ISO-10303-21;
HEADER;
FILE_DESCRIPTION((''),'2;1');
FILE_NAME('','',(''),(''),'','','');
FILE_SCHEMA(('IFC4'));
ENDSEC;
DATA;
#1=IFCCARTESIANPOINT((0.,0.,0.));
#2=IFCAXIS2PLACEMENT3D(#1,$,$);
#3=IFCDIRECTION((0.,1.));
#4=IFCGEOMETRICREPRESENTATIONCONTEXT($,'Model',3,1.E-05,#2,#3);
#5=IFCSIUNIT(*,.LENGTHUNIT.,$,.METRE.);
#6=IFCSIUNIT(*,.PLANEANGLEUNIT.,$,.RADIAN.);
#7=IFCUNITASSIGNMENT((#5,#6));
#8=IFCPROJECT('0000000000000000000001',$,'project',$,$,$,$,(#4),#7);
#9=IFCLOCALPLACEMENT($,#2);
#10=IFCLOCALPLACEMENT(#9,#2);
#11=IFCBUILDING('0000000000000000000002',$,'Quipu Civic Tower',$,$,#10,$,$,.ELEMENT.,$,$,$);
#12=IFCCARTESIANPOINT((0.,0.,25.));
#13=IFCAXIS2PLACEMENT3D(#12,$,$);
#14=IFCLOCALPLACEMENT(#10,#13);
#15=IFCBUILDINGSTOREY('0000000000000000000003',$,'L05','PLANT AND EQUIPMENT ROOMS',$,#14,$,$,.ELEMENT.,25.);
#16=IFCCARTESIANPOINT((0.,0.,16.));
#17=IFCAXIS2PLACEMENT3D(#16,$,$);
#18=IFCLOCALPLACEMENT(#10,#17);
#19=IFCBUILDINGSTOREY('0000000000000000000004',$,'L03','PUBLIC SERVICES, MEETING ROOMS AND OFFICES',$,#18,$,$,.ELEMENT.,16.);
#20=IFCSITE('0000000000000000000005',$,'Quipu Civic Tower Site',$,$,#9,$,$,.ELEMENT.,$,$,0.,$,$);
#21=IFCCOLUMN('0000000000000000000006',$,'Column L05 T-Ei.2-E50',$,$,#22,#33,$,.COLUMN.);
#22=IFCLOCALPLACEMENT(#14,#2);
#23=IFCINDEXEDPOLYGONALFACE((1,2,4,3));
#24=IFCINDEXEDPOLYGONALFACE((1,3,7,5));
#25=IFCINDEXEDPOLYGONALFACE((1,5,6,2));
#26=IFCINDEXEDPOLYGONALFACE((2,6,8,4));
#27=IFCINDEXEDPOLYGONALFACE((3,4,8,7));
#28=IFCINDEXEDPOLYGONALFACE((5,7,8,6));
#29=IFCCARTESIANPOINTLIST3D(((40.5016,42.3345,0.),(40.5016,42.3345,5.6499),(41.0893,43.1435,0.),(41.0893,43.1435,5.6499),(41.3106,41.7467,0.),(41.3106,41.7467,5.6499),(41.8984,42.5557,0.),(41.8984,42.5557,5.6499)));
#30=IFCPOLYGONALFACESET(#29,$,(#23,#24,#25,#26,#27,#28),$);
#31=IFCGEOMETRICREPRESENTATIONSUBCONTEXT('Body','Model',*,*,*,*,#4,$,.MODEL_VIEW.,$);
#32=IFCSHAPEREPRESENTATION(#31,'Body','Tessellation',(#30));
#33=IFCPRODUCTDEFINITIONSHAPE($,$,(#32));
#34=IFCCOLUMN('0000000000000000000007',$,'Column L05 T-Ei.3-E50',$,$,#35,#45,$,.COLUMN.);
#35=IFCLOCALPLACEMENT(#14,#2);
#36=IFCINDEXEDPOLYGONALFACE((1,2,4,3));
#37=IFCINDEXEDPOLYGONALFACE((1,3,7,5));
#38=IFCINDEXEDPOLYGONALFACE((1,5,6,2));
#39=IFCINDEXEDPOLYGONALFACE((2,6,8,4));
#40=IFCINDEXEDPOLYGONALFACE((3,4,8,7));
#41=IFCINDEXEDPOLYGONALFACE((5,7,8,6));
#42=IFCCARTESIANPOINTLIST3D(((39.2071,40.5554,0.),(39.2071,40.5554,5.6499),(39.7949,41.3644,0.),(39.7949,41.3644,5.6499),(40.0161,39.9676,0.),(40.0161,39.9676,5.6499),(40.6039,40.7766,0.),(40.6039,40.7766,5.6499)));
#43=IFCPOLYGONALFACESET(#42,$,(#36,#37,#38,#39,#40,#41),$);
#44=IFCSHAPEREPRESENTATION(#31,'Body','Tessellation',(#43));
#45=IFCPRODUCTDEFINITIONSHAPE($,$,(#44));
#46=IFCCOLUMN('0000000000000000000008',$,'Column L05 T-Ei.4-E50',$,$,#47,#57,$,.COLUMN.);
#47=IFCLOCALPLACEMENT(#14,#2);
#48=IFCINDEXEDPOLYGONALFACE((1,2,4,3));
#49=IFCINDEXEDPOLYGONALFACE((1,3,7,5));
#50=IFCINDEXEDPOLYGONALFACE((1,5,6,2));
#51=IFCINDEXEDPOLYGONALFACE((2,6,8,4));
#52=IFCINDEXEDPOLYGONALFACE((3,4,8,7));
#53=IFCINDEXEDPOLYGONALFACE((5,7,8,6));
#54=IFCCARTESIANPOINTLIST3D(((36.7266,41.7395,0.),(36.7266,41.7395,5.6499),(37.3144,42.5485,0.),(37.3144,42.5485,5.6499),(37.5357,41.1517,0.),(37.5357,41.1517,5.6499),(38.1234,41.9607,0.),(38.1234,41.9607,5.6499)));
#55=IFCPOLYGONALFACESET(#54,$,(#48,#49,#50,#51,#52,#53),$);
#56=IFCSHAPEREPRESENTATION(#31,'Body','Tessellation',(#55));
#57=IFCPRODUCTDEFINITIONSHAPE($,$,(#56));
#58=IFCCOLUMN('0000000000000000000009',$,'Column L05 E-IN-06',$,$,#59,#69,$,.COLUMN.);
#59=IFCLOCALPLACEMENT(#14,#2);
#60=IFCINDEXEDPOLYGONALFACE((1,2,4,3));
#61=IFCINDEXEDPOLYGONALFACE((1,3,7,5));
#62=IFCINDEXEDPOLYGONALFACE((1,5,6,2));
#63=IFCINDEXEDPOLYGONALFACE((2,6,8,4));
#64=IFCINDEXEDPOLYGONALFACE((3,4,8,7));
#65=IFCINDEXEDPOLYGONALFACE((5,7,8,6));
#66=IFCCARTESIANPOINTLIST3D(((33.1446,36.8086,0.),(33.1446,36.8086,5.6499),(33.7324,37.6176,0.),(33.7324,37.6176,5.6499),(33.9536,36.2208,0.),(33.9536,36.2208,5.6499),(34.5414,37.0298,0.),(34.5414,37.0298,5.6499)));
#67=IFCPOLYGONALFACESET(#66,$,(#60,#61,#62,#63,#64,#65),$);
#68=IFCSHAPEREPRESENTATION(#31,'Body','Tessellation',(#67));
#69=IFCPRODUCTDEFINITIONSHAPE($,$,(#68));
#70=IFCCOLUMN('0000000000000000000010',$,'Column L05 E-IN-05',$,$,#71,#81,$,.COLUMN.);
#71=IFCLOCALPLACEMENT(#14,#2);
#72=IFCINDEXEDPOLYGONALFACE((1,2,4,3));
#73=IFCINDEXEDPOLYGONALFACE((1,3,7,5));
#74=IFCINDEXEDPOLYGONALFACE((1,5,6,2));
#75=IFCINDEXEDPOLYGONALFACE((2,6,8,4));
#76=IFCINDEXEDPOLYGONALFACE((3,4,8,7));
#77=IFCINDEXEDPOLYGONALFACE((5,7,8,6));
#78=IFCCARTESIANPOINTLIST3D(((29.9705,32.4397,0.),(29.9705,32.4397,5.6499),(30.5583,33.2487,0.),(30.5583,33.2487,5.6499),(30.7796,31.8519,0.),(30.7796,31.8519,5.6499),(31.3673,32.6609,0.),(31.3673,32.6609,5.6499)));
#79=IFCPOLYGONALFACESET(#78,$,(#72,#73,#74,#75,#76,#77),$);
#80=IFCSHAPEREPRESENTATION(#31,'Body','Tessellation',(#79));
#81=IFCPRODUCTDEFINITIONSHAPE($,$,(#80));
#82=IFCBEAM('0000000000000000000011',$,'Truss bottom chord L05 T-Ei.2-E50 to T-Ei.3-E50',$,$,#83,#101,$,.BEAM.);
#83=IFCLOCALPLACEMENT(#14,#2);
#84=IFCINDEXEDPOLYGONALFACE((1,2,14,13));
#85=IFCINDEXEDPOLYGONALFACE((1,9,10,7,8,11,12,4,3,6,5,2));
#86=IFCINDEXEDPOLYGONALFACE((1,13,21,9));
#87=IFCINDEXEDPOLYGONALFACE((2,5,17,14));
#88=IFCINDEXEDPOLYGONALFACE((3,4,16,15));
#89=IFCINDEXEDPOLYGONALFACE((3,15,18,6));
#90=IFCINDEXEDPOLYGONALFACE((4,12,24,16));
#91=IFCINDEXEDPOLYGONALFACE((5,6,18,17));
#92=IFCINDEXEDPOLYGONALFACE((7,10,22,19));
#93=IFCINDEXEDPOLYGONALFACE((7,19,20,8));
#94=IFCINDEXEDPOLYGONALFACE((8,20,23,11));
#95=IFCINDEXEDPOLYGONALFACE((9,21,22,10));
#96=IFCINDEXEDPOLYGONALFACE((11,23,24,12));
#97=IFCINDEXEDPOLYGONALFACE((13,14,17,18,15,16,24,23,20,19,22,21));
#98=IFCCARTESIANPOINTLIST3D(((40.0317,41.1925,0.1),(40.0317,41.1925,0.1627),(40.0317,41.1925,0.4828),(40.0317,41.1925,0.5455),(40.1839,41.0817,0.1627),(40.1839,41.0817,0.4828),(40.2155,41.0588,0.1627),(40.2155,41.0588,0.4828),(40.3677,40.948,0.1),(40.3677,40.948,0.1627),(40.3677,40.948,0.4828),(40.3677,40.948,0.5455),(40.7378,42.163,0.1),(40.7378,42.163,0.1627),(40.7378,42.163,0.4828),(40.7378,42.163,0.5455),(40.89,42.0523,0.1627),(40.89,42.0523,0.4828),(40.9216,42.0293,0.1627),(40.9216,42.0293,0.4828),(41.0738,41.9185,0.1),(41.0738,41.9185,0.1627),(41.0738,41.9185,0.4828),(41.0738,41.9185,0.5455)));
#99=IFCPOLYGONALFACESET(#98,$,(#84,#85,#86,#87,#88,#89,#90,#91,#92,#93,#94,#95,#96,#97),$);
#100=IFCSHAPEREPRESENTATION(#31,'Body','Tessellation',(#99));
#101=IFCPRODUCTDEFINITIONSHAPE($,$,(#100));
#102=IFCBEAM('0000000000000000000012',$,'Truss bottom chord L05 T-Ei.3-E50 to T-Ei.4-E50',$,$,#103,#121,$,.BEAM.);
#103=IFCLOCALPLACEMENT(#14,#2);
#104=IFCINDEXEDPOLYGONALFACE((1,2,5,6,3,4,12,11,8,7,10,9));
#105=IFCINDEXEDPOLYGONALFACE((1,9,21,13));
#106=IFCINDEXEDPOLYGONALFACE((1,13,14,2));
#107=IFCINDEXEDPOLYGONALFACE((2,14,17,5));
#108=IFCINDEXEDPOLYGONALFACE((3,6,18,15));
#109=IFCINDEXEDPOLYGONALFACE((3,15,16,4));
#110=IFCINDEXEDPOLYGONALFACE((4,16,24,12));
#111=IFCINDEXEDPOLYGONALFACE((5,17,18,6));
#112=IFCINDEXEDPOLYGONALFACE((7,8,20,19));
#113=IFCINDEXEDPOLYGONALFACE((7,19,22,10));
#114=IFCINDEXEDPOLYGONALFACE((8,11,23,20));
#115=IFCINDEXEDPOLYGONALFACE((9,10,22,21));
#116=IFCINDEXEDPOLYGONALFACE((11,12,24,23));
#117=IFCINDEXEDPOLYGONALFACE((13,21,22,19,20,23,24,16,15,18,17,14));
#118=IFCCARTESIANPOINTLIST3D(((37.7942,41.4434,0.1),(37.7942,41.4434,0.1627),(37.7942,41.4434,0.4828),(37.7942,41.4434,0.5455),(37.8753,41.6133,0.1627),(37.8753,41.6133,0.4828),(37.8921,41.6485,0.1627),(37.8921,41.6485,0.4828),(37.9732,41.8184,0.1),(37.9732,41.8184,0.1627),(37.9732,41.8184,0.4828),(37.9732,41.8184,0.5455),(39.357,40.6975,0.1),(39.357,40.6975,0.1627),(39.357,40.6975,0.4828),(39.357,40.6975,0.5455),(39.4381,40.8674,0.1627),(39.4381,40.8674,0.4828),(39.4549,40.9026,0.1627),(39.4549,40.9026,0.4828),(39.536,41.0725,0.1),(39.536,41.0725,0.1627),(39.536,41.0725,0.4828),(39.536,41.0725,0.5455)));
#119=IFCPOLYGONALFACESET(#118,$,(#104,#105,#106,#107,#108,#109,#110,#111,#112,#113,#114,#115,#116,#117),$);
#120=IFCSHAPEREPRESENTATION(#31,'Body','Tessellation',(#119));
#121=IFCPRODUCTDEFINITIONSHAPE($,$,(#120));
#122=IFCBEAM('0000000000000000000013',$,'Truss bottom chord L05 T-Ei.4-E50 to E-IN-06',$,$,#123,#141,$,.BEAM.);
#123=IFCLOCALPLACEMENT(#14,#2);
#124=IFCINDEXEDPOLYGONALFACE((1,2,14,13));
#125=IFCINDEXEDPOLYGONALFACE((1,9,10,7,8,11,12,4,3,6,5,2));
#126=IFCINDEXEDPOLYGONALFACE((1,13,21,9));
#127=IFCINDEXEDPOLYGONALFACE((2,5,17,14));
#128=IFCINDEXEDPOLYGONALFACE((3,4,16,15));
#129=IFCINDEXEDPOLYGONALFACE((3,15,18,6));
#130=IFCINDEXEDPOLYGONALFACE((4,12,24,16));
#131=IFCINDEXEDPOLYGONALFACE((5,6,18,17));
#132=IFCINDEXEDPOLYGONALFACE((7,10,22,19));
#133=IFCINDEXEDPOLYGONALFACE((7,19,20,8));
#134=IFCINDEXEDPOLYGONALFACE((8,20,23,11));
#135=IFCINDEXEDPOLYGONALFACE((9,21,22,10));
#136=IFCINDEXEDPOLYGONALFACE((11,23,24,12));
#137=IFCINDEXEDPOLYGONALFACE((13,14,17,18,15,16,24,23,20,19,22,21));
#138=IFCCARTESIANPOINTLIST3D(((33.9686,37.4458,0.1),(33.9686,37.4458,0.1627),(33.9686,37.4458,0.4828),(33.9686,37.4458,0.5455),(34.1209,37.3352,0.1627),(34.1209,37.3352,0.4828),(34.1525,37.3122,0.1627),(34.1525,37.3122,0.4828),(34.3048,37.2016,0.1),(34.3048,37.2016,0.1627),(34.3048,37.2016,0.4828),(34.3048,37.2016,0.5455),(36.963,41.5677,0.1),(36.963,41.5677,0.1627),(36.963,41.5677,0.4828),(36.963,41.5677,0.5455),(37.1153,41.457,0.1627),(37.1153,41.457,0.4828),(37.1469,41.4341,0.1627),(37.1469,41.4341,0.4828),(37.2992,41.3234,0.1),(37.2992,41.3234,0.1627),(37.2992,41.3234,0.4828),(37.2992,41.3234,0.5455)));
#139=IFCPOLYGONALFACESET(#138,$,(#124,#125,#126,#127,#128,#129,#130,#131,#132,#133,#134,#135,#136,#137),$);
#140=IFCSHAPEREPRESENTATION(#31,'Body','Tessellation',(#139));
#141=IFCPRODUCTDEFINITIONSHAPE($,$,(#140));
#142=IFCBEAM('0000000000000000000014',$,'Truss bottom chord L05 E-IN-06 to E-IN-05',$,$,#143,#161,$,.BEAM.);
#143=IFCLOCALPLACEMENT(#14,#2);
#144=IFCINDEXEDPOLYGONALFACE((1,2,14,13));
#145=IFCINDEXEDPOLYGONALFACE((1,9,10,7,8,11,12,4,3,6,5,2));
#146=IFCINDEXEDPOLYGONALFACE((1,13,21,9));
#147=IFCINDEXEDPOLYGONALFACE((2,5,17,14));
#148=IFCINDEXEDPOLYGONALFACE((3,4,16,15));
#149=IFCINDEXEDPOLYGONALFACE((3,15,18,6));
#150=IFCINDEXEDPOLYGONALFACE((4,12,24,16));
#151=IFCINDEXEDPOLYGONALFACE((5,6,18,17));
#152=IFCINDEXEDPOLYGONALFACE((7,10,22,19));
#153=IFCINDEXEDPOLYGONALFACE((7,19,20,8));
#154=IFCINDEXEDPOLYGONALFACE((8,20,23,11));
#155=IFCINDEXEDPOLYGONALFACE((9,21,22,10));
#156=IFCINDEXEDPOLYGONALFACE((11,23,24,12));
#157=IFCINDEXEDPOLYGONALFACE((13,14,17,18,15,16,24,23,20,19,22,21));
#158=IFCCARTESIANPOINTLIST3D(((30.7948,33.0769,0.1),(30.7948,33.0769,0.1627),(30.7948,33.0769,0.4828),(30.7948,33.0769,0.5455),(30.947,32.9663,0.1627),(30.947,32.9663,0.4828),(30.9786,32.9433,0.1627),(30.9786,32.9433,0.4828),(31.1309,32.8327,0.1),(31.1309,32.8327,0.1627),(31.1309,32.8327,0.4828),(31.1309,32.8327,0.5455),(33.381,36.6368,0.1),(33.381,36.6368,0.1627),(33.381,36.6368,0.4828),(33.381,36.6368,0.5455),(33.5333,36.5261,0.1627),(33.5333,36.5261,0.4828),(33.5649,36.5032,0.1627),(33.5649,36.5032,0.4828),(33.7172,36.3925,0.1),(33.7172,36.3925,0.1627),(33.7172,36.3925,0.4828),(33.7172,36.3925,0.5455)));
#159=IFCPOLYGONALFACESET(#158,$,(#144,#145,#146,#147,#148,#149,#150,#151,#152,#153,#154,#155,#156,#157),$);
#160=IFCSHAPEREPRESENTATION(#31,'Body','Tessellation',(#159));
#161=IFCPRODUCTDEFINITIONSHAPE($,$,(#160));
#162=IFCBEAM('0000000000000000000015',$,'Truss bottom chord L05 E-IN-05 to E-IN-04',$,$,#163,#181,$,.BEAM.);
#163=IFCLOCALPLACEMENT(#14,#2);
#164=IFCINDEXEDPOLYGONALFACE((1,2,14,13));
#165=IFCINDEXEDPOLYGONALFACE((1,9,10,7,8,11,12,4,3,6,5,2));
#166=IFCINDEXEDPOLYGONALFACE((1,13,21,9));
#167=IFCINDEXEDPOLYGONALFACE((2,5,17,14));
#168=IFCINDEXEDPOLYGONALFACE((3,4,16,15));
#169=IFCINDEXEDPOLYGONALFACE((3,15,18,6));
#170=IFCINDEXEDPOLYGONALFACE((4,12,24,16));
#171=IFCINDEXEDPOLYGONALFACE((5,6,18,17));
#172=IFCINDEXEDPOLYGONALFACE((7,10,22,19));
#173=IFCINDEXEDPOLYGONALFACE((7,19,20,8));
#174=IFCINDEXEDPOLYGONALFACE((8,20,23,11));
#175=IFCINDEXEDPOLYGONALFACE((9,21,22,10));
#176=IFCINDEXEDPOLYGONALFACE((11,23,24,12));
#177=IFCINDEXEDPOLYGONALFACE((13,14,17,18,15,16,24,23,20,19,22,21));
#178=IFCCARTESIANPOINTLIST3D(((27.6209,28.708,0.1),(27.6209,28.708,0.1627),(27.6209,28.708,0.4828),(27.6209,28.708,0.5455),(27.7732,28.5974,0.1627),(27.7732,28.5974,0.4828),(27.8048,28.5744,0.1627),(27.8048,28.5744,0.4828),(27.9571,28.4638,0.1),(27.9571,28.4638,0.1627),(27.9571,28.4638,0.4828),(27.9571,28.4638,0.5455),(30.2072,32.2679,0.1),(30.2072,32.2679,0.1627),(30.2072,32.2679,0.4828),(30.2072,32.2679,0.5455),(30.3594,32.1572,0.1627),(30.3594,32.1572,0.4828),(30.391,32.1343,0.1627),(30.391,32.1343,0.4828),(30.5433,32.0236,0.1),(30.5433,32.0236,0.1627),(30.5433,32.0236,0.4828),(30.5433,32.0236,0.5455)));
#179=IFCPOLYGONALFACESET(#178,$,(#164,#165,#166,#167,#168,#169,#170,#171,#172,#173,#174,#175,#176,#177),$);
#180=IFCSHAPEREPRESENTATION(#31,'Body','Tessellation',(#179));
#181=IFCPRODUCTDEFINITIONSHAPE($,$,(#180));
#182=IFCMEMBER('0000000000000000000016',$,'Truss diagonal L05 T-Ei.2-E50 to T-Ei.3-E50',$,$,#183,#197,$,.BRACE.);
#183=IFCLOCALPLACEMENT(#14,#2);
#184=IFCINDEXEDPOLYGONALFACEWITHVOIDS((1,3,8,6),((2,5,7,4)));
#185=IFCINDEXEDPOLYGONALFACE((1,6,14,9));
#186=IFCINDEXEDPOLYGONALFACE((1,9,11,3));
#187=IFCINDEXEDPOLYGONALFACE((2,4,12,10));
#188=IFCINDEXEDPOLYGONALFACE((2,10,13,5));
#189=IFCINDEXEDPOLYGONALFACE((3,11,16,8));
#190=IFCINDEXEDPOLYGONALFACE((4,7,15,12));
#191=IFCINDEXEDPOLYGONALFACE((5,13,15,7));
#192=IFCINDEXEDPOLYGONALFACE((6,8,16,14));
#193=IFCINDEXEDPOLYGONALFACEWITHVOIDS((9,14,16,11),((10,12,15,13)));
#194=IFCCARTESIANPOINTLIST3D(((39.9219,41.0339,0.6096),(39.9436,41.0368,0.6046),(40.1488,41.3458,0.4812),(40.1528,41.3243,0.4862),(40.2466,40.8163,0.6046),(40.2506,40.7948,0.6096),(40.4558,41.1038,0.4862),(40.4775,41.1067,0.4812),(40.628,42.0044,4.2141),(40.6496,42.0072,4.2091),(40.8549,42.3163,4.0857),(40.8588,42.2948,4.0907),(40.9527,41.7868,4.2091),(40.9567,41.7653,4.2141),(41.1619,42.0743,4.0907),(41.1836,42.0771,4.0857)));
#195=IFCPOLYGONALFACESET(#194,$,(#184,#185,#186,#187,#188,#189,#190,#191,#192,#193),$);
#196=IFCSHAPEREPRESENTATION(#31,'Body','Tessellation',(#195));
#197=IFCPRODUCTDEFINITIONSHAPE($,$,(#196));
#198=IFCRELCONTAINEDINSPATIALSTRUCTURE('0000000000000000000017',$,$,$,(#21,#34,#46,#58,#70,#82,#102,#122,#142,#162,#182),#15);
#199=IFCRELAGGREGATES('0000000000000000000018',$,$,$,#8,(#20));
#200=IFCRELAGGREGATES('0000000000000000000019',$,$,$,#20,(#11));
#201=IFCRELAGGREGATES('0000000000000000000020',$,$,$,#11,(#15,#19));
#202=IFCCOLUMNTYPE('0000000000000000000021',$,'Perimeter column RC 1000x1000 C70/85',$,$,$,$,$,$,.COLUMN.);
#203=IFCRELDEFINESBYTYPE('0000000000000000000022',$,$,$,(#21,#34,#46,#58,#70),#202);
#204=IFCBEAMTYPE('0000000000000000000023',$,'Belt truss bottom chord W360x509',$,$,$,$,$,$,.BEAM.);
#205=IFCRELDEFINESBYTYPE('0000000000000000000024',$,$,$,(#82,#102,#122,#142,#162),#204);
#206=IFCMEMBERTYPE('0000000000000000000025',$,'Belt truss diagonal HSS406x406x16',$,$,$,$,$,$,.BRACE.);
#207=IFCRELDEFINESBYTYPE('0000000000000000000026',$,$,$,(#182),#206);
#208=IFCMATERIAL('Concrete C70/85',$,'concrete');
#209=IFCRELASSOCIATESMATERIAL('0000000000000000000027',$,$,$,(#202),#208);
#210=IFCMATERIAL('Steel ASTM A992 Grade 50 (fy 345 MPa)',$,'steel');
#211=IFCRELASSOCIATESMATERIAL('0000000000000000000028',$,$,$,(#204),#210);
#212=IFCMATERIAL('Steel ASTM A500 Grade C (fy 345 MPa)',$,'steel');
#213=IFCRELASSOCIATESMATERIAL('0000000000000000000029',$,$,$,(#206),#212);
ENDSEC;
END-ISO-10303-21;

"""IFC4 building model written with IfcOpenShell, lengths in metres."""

from ifc_helpers import new_model, si_unit, direction, frame, origin, origin_2d, place, context, subcontext, project, spatial, rectangle, hollow_rectangle, i_section, extrude, material, material_profile, profile_set, type_object, element, save


model = new_model("IFC4")

# Units and contexts
model_context = context("Model", 3, precision=1e-05, world=origin(), true_north=direction((0.0, 1.0)))
body_context = subcontext(model_context, "Body", "Model", "MODEL_VIEW")
ifc_project = project(units=[si_unit("LENGTHUNIT", "METRE"), si_unit("PLANEANGLEUNIT", "RADIAN")], contexts=[model_context])

# Site, building, storey
site_placement = place(None, origin())
site = spatial("IfcSite", under=ifc_project, at=site_placement, Name="Quipu Civic Tower Site", CompositionType="ELEMENT", RefElevation=0.0)
building_placement = place(site_placement, origin())
building = spatial("IfcBuilding", under=site, at=building_placement, Name="Quipu Civic Tower", CompositionType="ELEMENT")
storey_1_placement = place(building_placement, frame((0.0, 0.0, 25.0)))
storey_1 = spatial("IfcBuildingStorey", under=building, at=storey_1_placement, Name="L05", Description="PLANT AND EQUIPMENT ROOMS", CompositionType="ELEMENT", Elevation=25.0)

# Columns
ifc_material_1 = material(Name="Concrete C70/85", Category="concrete")
ifc_material_profile_1 = material_profile(ifc_material_1, rectangle(XDim=1.0, YDim=1.0, at=origin_2d()), Name="RC1000x1000")
ifc_profile_set_1 = profile_set([ifc_material_profile_1], Name="Concrete C70/85")
column_type = type_object("IfcColumnType", Name="Perimeter column RC 1000x1000 C70/85", PredefinedType="COLUMN", material=ifc_profile_set_1)
for number, where, z_axis, x_axis, name in (
    (1, (41.2, 42.4451, 0.0), (0.0, 0.0, 1.0), (-0.587785, -0.809017, 0.0), "Column L05 T-Ei.2-E50"),
    (2, (39.9055, 40.666, 0.0), (0.0, 0.0, 1.0), (-0.587785, -0.809017, 0.0), "Column L05 T-Ei.3-E50"),
    (3, (37.425, 41.8501, 0.0), (0.0, 0.0, 1.0), (-0.587785, -0.809017, 0.0), "Column L05 T-Ei.4-E50"),
    (4, (33.843, 36.9192, 0.0), (0.0, 0.0, 1.0), (-0.587785, -0.809017, 0.0), "Column L05 E-IN-06"),
    (5, (30.6689, 32.5503, 0.0), (0.0, 0.0, 1.0), (-0.587785, -0.809017, 0.0), "Column L05 E-IN-05"),
):
    element("IfcColumn", number, at=place(storey_1_placement, frame(where, z_axis=z_axis, x_axis=x_axis)), inside=storey_1, type_object=column_type, Name=name, PredefinedType="COLUMN", context=body_context, shape_type="SweptSolid", body=[
        extrude(rectangle(XDim=1.0, YDim=1.0, at=origin_2d()), origin(), (0.0, 0.0, 1.0), 5.6499),
    ])

# Beams
ifc_material_2 = material(Name="Steel ASTM A992 Grade 50 (fy 345 MPa)", Category="steel")
ifc_material_profile_2 = material_profile(ifc_material_2, i_section(OverallWidth=0.4155, OverallDepth=0.4456, WebThickness=0.0391, FlangeThickness=0.0627, at=origin_2d()), Name="W360x509")
ifc_profile_set_2 = profile_set([ifc_material_profile_2], Name="Steel ASTM A992 Grade 50 (fy 345 MPa)")
beam_type_1 = type_object("IfcBeamType", Name="Belt truss bottom chord W360x509", PredefinedType="BEAM", material=ifc_profile_set_2)
beam_1_placement = place(storey_1_placement, frame((40.9058, 42.0408, 0.3228), z_axis=(-0.588317, -0.808631, 0.0), x_axis=(0.808631, -0.588317, 0.0)))
element("IfcBeam", 6, at=beam_1_placement, inside=storey_1, type_object=beam_type_1, Name="Truss bottom chord L05 T-Ei.2-E50 to T-Ei.3-E50", PredefinedType="BEAM", context=body_context, shape_type="SweptSolid", body=[
    extrude(i_section(OverallWidth=0.4155, OverallDepth=0.4456, WebThickness=0.0391, FlangeThickness=0.0627, at=origin_2d()), origin(), (0.0, 0.0, 1.0), 1.2002),
])
beam_2_placement = place(storey_1_placement, frame((39.4465, 40.885, 0.3228), z_axis=(-0.902482, 0.430727, 0.0), x_axis=(-0.430727, -0.902482, 0.0)))
element("IfcBeam", 7, at=beam_2_placement, inside=storey_1, type_object=beam_type_1, Name="Truss bottom chord L05 T-Ei.3-E50 to T-Ei.4-E50", PredefinedType="BEAM", context=body_context, shape_type="SweptSolid", body=[
    extrude(i_section(OverallWidth=0.4155, OverallDepth=0.4456, WebThickness=0.0391, FlangeThickness=0.0627, at=origin_2d()), origin(), (0.0, 0.0, 1.0), 1.7317),
])
beam_3_placement = place(storey_1_placement, frame((37.1311, 41.4456, 0.3228), z_axis=(-0.587747, -0.809045, 0.0), x_axis=(0.809045, -0.587747, 0.0)))
element("IfcBeam", 8, at=beam_3_placement, inside=storey_1, type_object=beam_type_1, Name="Truss bottom chord L05 T-Ei.4-E50 to E-IN-06", PredefinedType="BEAM", context=body_context, shape_type="SweptSolid", body=[
    extrude(i_section(OverallWidth=0.4155, OverallDepth=0.4456, WebThickness=0.0391, FlangeThickness=0.0627, at=origin_2d()), origin(), (0.0, 0.0, 1.0), 5.0947),
])
for number, where, z_axis, x_axis, name in (
    (9, (33.5491, 36.5146, 0.3228), (-0.587759, -0.809036, 0.0), (0.809036, -0.587759, 0.0), "Truss bottom chord L05 E-IN-06 to E-IN-05"),
    (10, (30.3752, 32.1458, 0.3228), (-0.587759, -0.809036, 0.0), (0.809036, -0.587759, 0.0), "Truss bottom chord L05 E-IN-05 to E-IN-04"),
):
    element("IfcBeam", number, at=place(storey_1_placement, frame(where, z_axis=z_axis, x_axis=x_axis)), inside=storey_1, type_object=beam_type_1, Name=name, PredefinedType="BEAM", context=body_context, shape_type="SweptSolid", body=[
        extrude(i_section(OverallWidth=0.4155, OverallDepth=0.4456, WebThickness=0.0391, FlangeThickness=0.0627, at=origin_2d()), origin(), (0.0, 0.0, 1.0), 4.4001),
    ])

# Member
ifc_material_3 = material(Name="Steel ASTM A500 Grade C (fy 345 MPa)", Category="steel")
ifc_material_profile_3 = material_profile(ifc_material_3, hollow_rectangle(XDim=0.4065, YDim=0.4065, WallThickness=0.0159, at=origin_2d()), Name="HSS406x406x16")
ifc_profile_set_3 = profile_set([ifc_material_profile_3], Name="Steel ASTM A500 Grade C (fy 345 MPa)")
member_type_1 = type_object("IfcMemberType", Name="Belt truss diagonal HSS406x406x16", PredefinedType="BRACE", material=ifc_profile_set_3)
member_1_placement = place(storey_1_placement, frame((40.9058, 42.0408, 4.1499), z_axis=(-0.185851, -0.255449, -0.948791), x_axis=(0.808631, -0.588317, 0.0)))
element("IfcMember", 11, at=member_1_placement, inside=storey_1, type_object=member_type_1, Name="Truss diagonal L05 T-Ei.2-E50 to T-Ei.3-E50", PredefinedType="BRACE", context=body_context, shape_type="SweptSolid", body=[
    extrude(hollow_rectangle(XDim=0.4065, YDim=0.4065, WallThickness=0.0159, at=origin_2d()), origin(), (0.0, 0.0, 1.0), 3.7991),
])

# Shared definitions
storey_2_placement = place(building_placement, frame((0.0, 0.0, 16.0)))
storey_2 = spatial("IfcBuildingStorey", under=building, at=storey_2_placement, Name="L03", Description="PUBLIC SERVICES, MEETING ROOMS AND OFFICES", CompositionType="ELEMENT", Elevation=16.0)

save(model, "model.ifc")
